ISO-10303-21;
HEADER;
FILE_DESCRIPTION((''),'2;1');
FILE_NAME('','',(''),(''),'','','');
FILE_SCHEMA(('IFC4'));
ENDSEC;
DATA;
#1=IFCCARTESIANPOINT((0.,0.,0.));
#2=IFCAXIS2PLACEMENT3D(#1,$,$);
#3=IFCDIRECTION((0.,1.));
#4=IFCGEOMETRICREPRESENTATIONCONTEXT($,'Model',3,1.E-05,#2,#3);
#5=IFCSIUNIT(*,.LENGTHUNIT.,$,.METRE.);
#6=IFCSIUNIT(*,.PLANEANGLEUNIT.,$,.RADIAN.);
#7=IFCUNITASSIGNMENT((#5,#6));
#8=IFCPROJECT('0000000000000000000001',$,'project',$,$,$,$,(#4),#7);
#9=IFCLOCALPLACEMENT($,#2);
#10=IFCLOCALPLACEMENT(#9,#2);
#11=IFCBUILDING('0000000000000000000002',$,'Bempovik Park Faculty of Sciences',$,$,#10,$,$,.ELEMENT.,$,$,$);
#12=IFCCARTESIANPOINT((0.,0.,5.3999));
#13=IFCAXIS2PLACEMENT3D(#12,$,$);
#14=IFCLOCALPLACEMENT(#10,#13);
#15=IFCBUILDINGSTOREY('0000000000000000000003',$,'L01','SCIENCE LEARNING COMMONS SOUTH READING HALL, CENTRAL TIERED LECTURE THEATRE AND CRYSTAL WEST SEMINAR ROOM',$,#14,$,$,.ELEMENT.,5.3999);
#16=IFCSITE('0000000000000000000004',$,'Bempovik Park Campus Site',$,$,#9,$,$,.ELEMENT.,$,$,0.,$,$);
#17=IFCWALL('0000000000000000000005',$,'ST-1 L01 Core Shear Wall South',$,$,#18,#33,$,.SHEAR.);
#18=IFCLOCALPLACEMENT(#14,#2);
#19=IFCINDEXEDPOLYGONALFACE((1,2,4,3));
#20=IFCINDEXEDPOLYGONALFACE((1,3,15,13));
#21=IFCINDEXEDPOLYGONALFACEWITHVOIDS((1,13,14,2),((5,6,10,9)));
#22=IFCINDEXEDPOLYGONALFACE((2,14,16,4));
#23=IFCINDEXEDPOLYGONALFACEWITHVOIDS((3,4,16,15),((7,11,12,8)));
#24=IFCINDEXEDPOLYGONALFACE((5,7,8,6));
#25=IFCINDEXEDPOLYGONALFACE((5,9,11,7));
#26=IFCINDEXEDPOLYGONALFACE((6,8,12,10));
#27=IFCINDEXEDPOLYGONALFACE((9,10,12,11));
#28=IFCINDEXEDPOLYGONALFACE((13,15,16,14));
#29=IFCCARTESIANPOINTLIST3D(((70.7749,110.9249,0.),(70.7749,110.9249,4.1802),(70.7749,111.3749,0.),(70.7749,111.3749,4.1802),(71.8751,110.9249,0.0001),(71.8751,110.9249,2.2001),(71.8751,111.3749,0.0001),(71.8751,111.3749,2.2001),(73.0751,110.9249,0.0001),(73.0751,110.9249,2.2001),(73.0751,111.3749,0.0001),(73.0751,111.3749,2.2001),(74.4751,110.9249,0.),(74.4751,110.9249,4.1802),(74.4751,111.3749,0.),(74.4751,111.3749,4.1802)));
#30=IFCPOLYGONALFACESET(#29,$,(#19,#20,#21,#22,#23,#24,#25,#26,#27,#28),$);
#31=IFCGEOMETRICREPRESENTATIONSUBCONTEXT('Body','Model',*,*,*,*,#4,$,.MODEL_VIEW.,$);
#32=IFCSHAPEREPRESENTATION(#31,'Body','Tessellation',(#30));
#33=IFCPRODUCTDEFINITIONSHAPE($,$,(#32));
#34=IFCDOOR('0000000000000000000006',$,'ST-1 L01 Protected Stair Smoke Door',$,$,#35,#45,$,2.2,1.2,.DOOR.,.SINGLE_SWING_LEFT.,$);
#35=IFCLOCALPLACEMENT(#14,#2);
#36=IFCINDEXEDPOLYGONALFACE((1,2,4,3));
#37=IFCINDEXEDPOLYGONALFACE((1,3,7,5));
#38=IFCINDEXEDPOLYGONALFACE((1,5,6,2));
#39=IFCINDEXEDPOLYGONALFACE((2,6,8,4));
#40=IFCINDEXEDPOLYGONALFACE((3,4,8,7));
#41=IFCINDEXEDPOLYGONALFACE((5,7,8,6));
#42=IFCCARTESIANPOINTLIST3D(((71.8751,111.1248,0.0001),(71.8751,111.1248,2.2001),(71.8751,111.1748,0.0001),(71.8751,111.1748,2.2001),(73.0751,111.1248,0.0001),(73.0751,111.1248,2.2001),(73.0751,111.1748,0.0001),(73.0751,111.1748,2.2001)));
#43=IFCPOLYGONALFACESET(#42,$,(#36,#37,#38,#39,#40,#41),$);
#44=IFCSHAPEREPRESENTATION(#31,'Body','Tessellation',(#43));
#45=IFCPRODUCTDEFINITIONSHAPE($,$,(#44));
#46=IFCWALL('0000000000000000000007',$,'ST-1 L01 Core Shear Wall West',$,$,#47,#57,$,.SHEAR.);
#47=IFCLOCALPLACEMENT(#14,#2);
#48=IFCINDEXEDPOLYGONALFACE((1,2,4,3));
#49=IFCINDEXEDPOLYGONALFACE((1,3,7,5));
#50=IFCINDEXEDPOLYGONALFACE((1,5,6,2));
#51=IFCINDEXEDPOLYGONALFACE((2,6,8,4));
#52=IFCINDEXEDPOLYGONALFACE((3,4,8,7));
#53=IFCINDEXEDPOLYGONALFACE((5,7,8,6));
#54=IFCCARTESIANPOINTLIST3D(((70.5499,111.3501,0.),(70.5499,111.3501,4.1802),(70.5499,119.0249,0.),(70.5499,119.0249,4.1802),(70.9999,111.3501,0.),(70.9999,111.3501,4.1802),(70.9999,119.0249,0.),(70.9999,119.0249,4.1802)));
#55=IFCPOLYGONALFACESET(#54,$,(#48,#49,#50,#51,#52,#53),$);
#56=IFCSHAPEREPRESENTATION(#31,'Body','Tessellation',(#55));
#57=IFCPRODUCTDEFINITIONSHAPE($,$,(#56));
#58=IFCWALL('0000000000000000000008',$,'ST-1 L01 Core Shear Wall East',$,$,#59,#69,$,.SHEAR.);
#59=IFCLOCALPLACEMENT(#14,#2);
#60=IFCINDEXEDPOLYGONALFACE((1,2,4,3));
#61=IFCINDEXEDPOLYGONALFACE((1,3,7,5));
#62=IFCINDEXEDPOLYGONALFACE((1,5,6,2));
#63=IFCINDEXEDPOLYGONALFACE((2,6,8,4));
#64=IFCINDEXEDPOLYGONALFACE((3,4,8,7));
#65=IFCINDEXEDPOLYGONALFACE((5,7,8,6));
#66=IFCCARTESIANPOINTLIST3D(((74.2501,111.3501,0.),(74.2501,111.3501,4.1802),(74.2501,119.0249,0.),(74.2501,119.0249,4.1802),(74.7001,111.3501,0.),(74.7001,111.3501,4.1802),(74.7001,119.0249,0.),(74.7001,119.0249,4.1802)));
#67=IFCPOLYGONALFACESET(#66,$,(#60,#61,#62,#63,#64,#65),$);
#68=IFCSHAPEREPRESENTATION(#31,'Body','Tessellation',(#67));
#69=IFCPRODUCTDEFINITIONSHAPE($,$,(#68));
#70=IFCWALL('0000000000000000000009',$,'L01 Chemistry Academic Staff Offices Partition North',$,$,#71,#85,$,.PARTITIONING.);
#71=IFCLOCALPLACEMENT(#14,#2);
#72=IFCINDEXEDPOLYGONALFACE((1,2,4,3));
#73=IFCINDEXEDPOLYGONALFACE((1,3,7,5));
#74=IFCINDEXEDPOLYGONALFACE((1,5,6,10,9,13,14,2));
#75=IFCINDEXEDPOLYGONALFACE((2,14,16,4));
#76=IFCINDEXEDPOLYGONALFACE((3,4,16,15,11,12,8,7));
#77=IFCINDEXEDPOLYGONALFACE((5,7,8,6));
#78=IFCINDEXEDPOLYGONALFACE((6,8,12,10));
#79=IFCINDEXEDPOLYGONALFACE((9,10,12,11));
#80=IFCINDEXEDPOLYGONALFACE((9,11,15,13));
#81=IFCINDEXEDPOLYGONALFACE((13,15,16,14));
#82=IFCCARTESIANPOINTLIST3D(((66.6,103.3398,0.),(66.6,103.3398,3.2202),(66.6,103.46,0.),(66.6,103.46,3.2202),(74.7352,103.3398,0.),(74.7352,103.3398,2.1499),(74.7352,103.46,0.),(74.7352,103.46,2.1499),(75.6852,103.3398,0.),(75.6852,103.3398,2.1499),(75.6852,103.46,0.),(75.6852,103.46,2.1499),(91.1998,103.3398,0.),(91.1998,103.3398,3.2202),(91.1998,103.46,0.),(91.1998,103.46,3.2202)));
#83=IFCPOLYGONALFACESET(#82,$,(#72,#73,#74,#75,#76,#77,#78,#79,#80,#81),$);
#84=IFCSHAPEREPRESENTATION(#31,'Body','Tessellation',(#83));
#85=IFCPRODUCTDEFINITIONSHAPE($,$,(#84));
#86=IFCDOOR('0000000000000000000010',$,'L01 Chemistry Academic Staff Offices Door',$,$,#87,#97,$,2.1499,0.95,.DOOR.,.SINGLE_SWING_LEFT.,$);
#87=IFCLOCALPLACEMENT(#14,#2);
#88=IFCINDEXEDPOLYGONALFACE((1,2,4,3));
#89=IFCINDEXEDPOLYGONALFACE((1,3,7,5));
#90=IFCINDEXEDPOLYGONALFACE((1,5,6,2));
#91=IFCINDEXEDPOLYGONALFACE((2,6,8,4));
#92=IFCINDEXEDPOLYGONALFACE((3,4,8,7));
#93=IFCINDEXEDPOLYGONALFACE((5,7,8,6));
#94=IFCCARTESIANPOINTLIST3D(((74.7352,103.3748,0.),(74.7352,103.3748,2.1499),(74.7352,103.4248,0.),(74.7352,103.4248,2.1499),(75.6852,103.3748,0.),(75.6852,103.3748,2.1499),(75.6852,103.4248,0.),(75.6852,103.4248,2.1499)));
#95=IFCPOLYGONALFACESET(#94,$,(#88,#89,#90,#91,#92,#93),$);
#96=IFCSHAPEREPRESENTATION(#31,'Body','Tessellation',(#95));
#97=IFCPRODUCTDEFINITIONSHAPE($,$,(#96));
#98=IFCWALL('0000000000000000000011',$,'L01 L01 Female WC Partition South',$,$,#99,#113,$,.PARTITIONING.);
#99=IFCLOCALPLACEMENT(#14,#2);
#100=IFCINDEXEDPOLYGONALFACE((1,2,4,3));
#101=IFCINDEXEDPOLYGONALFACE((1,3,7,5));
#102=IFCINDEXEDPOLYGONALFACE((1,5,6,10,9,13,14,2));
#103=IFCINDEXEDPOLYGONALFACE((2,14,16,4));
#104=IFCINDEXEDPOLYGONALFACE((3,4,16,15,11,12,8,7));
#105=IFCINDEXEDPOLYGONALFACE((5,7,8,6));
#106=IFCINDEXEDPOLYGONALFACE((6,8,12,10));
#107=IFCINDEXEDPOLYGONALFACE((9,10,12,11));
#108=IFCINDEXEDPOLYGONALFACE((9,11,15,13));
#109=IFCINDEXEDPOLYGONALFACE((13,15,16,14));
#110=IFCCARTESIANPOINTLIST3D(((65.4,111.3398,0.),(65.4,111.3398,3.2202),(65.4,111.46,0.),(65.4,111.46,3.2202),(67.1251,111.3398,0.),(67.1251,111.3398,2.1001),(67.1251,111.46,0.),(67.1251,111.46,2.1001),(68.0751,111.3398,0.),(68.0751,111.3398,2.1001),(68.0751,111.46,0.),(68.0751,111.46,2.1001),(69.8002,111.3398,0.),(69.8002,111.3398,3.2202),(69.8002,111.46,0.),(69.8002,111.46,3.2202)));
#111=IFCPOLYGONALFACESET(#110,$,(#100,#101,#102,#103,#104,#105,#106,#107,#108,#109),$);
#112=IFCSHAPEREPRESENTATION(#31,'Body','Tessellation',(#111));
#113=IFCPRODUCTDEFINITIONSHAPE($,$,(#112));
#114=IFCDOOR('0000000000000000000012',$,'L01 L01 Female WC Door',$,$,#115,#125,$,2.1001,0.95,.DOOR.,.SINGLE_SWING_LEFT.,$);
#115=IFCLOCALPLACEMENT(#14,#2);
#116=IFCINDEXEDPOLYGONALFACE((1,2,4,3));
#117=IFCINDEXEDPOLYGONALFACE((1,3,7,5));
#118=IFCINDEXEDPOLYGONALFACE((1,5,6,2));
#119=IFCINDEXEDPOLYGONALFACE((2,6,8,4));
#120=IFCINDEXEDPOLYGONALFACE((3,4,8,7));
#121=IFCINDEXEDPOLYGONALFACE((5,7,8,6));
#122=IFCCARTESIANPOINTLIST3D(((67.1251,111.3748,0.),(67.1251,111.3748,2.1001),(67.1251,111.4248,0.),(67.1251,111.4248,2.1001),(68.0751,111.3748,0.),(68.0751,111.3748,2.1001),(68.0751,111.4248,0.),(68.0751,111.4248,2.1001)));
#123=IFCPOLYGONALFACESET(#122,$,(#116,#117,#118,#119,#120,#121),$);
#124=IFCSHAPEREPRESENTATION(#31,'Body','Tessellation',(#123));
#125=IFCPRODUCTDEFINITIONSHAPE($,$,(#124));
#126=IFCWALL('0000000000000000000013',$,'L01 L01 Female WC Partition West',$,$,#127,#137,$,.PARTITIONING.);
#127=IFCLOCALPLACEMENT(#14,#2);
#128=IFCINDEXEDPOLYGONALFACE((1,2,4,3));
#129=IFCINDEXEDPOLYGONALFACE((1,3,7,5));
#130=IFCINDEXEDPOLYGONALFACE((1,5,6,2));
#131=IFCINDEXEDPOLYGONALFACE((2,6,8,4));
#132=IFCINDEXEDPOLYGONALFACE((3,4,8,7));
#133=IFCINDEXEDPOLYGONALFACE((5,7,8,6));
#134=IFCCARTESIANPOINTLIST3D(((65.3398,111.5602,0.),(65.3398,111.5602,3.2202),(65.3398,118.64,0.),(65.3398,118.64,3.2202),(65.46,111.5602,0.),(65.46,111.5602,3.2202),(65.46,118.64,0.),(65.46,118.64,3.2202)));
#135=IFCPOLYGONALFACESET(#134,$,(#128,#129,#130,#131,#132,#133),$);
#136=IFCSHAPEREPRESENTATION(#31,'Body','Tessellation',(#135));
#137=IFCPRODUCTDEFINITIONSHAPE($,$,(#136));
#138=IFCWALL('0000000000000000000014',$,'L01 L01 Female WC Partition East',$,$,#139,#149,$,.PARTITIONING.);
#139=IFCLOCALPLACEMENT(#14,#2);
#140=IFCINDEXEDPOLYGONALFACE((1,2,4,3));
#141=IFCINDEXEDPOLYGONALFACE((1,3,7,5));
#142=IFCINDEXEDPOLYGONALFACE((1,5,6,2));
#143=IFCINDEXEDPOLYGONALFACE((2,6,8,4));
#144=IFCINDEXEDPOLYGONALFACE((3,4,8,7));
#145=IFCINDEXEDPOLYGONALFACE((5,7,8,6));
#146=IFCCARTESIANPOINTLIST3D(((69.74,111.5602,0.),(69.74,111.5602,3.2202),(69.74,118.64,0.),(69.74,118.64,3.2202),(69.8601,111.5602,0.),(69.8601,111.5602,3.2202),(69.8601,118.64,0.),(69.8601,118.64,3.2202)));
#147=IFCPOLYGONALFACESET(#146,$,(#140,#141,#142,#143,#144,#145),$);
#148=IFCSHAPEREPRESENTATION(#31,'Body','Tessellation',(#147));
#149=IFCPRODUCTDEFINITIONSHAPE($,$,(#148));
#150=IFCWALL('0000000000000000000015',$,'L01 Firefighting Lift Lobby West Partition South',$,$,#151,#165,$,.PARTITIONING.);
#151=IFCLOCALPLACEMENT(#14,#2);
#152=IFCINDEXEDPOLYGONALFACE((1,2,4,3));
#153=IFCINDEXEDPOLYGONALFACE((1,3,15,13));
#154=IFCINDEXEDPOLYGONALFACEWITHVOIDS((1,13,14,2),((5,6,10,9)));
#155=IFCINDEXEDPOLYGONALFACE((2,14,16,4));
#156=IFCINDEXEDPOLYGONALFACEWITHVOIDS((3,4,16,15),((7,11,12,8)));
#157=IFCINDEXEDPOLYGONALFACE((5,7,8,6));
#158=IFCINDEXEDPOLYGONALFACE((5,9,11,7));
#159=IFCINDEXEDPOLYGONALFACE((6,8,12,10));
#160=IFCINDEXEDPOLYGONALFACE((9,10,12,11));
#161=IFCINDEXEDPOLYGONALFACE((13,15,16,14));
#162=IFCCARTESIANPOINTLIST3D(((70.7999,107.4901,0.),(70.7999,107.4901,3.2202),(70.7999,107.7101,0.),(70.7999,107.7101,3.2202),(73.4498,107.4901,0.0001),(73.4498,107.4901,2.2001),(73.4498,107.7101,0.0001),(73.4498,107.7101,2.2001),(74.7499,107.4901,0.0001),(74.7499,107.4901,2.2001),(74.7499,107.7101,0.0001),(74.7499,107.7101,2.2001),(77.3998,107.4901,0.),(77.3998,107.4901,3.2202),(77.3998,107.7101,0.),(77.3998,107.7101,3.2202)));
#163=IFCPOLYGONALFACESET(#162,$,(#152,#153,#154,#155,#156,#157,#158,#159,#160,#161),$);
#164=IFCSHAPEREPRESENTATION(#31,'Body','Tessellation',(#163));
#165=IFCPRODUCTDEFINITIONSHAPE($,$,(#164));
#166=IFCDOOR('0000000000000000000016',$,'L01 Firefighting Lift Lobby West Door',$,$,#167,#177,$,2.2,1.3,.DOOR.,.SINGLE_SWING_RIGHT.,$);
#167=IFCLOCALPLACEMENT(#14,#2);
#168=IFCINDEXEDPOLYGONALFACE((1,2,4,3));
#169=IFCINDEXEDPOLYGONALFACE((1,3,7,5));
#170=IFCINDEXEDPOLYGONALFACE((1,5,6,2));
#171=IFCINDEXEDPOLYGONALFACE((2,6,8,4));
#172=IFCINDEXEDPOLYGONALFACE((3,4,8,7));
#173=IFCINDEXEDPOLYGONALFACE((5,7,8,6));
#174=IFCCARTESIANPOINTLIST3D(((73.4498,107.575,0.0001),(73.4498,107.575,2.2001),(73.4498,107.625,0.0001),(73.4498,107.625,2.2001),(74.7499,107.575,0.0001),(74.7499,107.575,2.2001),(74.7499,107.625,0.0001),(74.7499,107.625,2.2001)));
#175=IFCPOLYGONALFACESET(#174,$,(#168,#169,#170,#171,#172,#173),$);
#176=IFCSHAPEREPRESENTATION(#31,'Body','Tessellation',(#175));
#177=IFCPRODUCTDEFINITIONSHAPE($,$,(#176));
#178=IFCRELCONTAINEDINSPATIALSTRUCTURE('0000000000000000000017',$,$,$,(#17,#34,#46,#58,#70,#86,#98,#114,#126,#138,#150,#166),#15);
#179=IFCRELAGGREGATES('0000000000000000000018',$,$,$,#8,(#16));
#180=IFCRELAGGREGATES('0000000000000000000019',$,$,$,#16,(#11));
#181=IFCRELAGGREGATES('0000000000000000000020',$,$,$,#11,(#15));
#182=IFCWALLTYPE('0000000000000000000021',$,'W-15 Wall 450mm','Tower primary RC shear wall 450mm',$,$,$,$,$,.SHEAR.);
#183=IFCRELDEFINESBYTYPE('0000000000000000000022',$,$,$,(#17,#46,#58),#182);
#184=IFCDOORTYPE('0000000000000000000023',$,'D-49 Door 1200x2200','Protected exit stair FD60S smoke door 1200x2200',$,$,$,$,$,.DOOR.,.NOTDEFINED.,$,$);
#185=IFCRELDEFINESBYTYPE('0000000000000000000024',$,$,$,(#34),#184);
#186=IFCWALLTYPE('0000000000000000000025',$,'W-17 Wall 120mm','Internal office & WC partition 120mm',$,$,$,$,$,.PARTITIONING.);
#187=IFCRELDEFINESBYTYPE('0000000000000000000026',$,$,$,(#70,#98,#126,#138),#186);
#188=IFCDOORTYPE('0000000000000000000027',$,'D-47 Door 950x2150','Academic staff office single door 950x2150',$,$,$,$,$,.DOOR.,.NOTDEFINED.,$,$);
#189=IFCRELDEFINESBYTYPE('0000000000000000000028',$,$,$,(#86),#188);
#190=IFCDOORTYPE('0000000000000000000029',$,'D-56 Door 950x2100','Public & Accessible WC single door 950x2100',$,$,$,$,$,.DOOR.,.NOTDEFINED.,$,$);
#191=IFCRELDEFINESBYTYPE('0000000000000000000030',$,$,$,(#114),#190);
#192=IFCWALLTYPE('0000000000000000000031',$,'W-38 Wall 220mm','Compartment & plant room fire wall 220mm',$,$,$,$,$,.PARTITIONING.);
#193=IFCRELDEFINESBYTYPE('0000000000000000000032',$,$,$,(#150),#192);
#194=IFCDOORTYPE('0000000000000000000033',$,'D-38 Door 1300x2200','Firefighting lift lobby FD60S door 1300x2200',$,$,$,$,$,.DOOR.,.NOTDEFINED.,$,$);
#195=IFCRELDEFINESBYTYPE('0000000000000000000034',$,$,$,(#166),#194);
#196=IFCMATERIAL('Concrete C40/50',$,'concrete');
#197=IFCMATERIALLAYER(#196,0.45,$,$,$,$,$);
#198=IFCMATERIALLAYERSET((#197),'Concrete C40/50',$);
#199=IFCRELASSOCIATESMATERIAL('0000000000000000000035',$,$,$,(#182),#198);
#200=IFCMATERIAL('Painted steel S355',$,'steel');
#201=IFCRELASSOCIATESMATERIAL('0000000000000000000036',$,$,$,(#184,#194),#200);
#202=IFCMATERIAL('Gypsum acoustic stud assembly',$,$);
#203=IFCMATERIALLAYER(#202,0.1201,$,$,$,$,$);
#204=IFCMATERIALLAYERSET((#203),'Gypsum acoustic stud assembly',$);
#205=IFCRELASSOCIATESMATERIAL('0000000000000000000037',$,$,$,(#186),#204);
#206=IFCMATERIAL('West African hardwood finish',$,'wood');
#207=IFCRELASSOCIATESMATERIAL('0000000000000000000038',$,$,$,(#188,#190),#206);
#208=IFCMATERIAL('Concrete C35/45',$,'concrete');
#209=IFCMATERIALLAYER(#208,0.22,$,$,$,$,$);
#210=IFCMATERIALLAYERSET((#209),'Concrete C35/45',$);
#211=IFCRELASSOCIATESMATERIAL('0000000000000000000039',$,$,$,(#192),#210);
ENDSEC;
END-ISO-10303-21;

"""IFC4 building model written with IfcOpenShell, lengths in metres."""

from ifc_helpers import new_model, si_unit, direction, frame, frame_2d, origin, place, context, subcontext, project, spatial, rectangle, extrude, material, layer, layer_set, type_object, element, fill, save


model = new_model("IFC4")

# Units and contexts
model_context = context("Model", 3, precision=1e-05, world=origin(), true_north=direction((0.0, 1.0)))
body_context = subcontext(model_context, "Body", "Model", "MODEL_VIEW")
ifc_project = project(units=[si_unit("LENGTHUNIT", "METRE"), si_unit("PLANEANGLEUNIT", "RADIAN")], contexts=[model_context])

# Site, building, storey
site_placement = place(None, origin())
site = spatial("IfcSite", under=ifc_project, at=site_placement, Name="Bempovik Park Campus Site", CompositionType="ELEMENT", RefElevation=0.0)
building_placement = place(site_placement, origin())
building = spatial("IfcBuilding", under=site, at=building_placement, Name="Bempovik Park Faculty of Sciences", CompositionType="ELEMENT")
storey_placement = place(building_placement, frame((0.0, 0.0, 5.3999)))
storey = spatial("IfcBuildingStorey", under=building, at=storey_placement, Name="L01", Description="SCIENCE LEARNING COMMONS SOUTH READING HALL, CENTRAL TIERED LECTURE THEATRE AND CRYSTAL WEST SEMINAR ROOM", CompositionType="ELEMENT", Elevation=5.3999)

# Shared definitions
ifc_material_1 = material(Name="Concrete C40/50", Category="concrete")

# Shared definitions
ifc_material_2 = material(Name="Concrete C35/45", Category="concrete")

# Wall, opening, door
ifc_layer_1 = layer(ifc_material_1, 0.45)
ifc_layer_set_1 = layer_set([ifc_layer_1], Name="Concrete C40/50")
wall_type_1 = type_object("IfcWallType", Name="W-15 Wall 450mm", Description="Tower primary RC shear wall 450mm", PredefinedType="SHEAR", material=ifc_layer_set_1)
wall_1_placement = place(storey_placement, frame((70.7749, 111.1499, 0.0), z_axis=(0.0, 0.0, 1.0), x_axis=(1.0, 0.0, 0.0)))
wall_1 = element("IfcWall", 1, at=wall_1_placement, inside=storey, type_object=wall_type_1, Name="ST-1 L01 Core Shear Wall South", PredefinedType="SHEAR", context=body_context, shape_type="SweptSolid", body=[
    extrude(rectangle(XDim=3.7002, YDim=0.45, at=frame_2d((1.8501, 0.0))), origin(), (0.0, 0.0, 1.0), 4.1802),
])
opening_1_placement = place(wall_1_placement, frame((1.1001, 0.0, 0.0)))
opening_1 = element("IfcOpeningElement", 2, at=opening_1_placement, cuts=wall_1, PredefinedType="OPENING", context=body_context, shape_type="SweptSolid", body=[
    extrude(rectangle(XDim=1.2, YDim=2.2, at=frame_2d((0.6001, 1.1001))), frame((0.0, 0.2349, 0.0), z_axis=(0.0, -1.0, 0.0), x_axis=(1.0, 0.0, 0.0)), (0.0, 0.0, 1.0), 0.47),
])
ifc_material_3 = material(Name="Painted steel S355", Category="steel")
door_type_1 = type_object("IfcDoorType", Name="D-49 Door 1200x2200", Description="Protected exit stair FD60S smoke door 1200x2200", OperationType="NOTDEFINED", PredefinedType="DOOR", material=ifc_material_3)
door_1_placement = place(opening_1_placement, origin())
door_1 = element("IfcDoor", 3, at=door_1_placement, inside=storey, type_object=door_type_1, Name="ST-1 L01 Protected Stair Smoke Door", OperationType="SINGLE_SWING_LEFT", OverallHeight=2.2, OverallWidth=1.2, PredefinedType="DOOR", context=body_context, shape_type="SweptSolid", body=[
    extrude(rectangle(XDim=1.2, YDim=2.2, at=frame_2d((0.6001, 1.1001))), frame((0.0, 0.0249, 0.0), z_axis=(0.0, -1.0, 0.0), x_axis=(1.0, 0.0, 0.0)), (0.0, 0.0, 1.0), 0.05),
])
fill(opening_1, door_1)

# Walls
for number, where, z_axis, x_axis, name in (
    (4, (70.7749, 111.3501, 0.0), (0.0, 0.0, 1.0), (0.0, 1.0, 0.0), "ST-1 L01 Core Shear Wall West"),
    (5, (74.4751, 111.3501, 0.0), (0.0, 0.0, 1.0), (0.0, 1.0, 0.0), "ST-1 L01 Core Shear Wall East"),
):
    element("IfcWall", number, at=place(storey_placement, frame(where, z_axis=z_axis, x_axis=x_axis)), inside=storey, type_object=wall_type_1, Name=name, PredefinedType="SHEAR", context=body_context, shape_type="SweptSolid", body=[
        extrude(rectangle(XDim=7.6748, YDim=0.45, at=frame_2d((3.8374, 0.0))), origin(), (0.0, 0.0, 1.0), 4.1802),
    ])

# Walls, openings, doors
ifc_material_4 = material(Name="Gypsum acoustic stud assembly")
ifc_layer_2 = layer(ifc_material_4, 0.1201)
ifc_layer_set_2 = layer_set([ifc_layer_2], Name="Gypsum acoustic stud assembly")
wall_type_2 = type_object("IfcWallType", Name="W-17 Wall 120mm", Description="Internal office & WC partition 120mm", PredefinedType="PARTITIONING", material=ifc_layer_set_2)
wall_2_placement = place(storey_placement, frame((66.6001, 103.3999, 0.0), z_axis=(0.0, 0.0, 1.0), x_axis=(1.0, 0.0, 0.0)))
wall_2 = element("IfcWall", 6, at=wall_2_placement, inside=storey, type_object=wall_type_2, Name="L01 Chemistry Academic Staff Offices Partition North", PredefinedType="PARTITIONING", context=body_context, shape_type="SweptSolid", body=[
    extrude(rectangle(XDim=24.5999, YDim=0.1201, at=frame_2d((12.2998, 0.0))), origin(), (0.0, 0.0, 1.0), 3.2202),
])
opening_2_placement = place(wall_2_placement, frame((8.135, 0.0, 0.0)))
opening_2 = element("IfcOpeningElement", 7, at=opening_2_placement, cuts=wall_2, PredefinedType="OPENING", context=body_context, shape_type="SweptSolid", body=[
    extrude(rectangle(XDim=0.95, YDim=2.1499, at=frame_2d((0.4751, 1.075))), frame((0.0, 0.0701, 0.0), z_axis=(0.0, -1.0, 0.0), x_axis=(1.0, 0.0, 0.0)), (0.0, 0.0, 1.0), 0.1401),
])
ifc_material_5 = material(Name="West African hardwood finish", Category="wood")
door_type_2 = type_object("IfcDoorType", Name="D-47 Door 950x2150", Description="Academic staff office single door 950x2150", OperationType="NOTDEFINED", PredefinedType="DOOR", material=ifc_material_5)
door_2_placement = place(opening_2_placement, origin())
door_2 = element("IfcDoor", 8, at=door_2_placement, inside=storey, type_object=door_type_2, Name="L01 Chemistry Academic Staff Offices Door", OperationType="SINGLE_SWING_LEFT", OverallHeight=2.1499, OverallWidth=0.95, PredefinedType="DOOR", context=body_context, shape_type="SweptSolid", body=[
    extrude(rectangle(XDim=0.95, YDim=2.1499, at=frame_2d((0.4751, 1.075))), frame((0.0, 0.0249, 0.0), z_axis=(0.0, -1.0, 0.0), x_axis=(1.0, 0.0, 0.0)), (0.0, 0.0, 1.0), 0.05),
])
fill(opening_2, door_2)
wall_3_placement = place(storey_placement, frame((65.3999, 111.3999, 0.0), z_axis=(0.0, 0.0, 1.0), x_axis=(1.0, 0.0, 0.0)))
wall_3 = element("IfcWall", 9, at=wall_3_placement, inside=storey, type_object=wall_type_2, Name="L01 L01 Female WC Partition South", PredefinedType="PARTITIONING", context=body_context, shape_type="SweptSolid", body=[
    extrude(rectangle(XDim=4.4001, YDim=0.1201, at=frame_2d((2.2002, 0.0))), origin(), (0.0, 0.0, 1.0), 3.2202),
])
opening_3_placement = place(wall_3_placement, frame((1.7251, 0.0, 0.0)))
opening_3 = element("IfcOpeningElement", 10, at=opening_3_placement, cuts=wall_3, PredefinedType="OPENING", context=body_context, shape_type="SweptSolid", body=[
    extrude(rectangle(XDim=0.95, YDim=2.1001, at=frame_2d((0.4751, 1.05))), frame((0.0, 0.0701, 0.0), z_axis=(0.0, -1.0, 0.0), x_axis=(1.0, 0.0, 0.0)), (0.0, 0.0, 1.0), 0.1401),
])
door_type_3 = type_object("IfcDoorType", Name="D-56 Door 950x2100", Description="Public & Accessible WC single door 950x2100", OperationType="NOTDEFINED", PredefinedType="DOOR", material=ifc_material_5)
door_3_placement = place(opening_3_placement, origin())
door_3 = element("IfcDoor", 11, at=door_3_placement, inside=storey, type_object=door_type_3, Name="L01 L01 Female WC Door", OperationType="SINGLE_SWING_LEFT", OverallHeight=2.1001, OverallWidth=0.95, PredefinedType="DOOR", context=body_context, shape_type="SweptSolid", body=[
    extrude(rectangle(XDim=0.95, YDim=2.1001, at=frame_2d((0.4751, 1.05))), frame((0.0, 0.0249, 0.0), z_axis=(0.0, -1.0, 0.0), x_axis=(1.0, 0.0, 0.0)), (0.0, 0.0, 1.0), 0.05),
])
fill(opening_3, door_3)

# Walls
for number, where, z_axis, x_axis, name in (
    (12, (65.3999, 111.5601, 0.0), (0.0, 0.0, 1.0), (0.0, 1.0, 0.0), "L01 L01 Female WC Partition West"),
    (13, (69.8, 111.5601, 0.0), (0.0, 0.0, 1.0), (0.0, 1.0, 0.0), "L01 L01 Female WC Partition East"),
):
    element("IfcWall", number, at=place(storey_placement, frame(where, z_axis=z_axis, x_axis=x_axis)), inside=storey, type_object=wall_type_2, Name=name, PredefinedType="PARTITIONING", context=body_context, shape_type="SweptSolid", body=[
        extrude(rectangle(XDim=7.0798, YDim=0.1201, at=frame_2d((3.54, 0.0))), origin(), (0.0, 0.0, 1.0), 3.2202),
    ])

# Wall, opening, door
ifc_layer_3 = layer(ifc_material_2, 0.22)
ifc_layer_set_3 = layer_set([ifc_layer_3], Name="Concrete C35/45")
wall_type_3 = type_object("IfcWallType", Name="W-38 Wall 220mm", Description="Compartment & plant room fire wall 220mm", PredefinedType="PARTITIONING", material=ifc_layer_set_3)
wall_4_placement = place(storey_placement, frame((70.8, 107.6001, 0.0), z_axis=(0.0, 0.0, 1.0), x_axis=(1.0, 0.0, 0.0)))
wall_4 = element("IfcWall", 14, at=wall_4_placement, inside=storey, type_object=wall_type_3, Name="L01 Firefighting Lift Lobby West Partition South", PredefinedType="PARTITIONING", context=body_context, shape_type="SweptSolid", body=[
    extrude(rectangle(XDim=6.5999, YDim=0.22, at=frame_2d((3.2998, 0.0))), origin(), (0.0, 0.0, 1.0), 3.2202),
])
opening_4_placement = place(wall_4_placement, frame((2.6499, 0.0, 0.0)))
opening_4 = element("IfcOpeningElement", 15, at=opening_4_placement, cuts=wall_4, PredefinedType="OPENING", context=body_context, shape_type="SweptSolid", body=[
    extrude(rectangle(XDim=1.3, YDim=2.2, at=frame_2d((0.6499, 1.1001))), frame((0.0, 0.1201, 0.0), z_axis=(0.0, -1.0, 0.0), x_axis=(1.0, 0.0, 0.0)), (0.0, 0.0, 1.0), 0.24),
])
door_type_4 = type_object("IfcDoorType", Name="D-38 Door 1300x2200", Description="Firefighting lift lobby FD60S door 1300x2200", OperationType="NOTDEFINED", PredefinedType="DOOR", material=ifc_material_3)
door_4_placement = place(opening_4_placement, origin())
door_4 = element("IfcDoor", 16, at=door_4_placement, inside=storey, type_object=door_type_4, Name="L01 Firefighting Lift Lobby West Door", OperationType="SINGLE_SWING_RIGHT", OverallHeight=2.2, OverallWidth=1.3, PredefinedType="DOOR", context=body_context, shape_type="SweptSolid", body=[
    extrude(rectangle(XDim=1.3, YDim=2.2, at=frame_2d((0.6499, 1.1001))), frame((0.0, 0.0249, 0.0), z_axis=(0.0, -1.0, 0.0), x_axis=(1.0, 0.0, 0.0)), (0.0, 0.0, 1.0), 0.05),
])
fill(opening_4, door_4)

save(model, "model.ifc")
